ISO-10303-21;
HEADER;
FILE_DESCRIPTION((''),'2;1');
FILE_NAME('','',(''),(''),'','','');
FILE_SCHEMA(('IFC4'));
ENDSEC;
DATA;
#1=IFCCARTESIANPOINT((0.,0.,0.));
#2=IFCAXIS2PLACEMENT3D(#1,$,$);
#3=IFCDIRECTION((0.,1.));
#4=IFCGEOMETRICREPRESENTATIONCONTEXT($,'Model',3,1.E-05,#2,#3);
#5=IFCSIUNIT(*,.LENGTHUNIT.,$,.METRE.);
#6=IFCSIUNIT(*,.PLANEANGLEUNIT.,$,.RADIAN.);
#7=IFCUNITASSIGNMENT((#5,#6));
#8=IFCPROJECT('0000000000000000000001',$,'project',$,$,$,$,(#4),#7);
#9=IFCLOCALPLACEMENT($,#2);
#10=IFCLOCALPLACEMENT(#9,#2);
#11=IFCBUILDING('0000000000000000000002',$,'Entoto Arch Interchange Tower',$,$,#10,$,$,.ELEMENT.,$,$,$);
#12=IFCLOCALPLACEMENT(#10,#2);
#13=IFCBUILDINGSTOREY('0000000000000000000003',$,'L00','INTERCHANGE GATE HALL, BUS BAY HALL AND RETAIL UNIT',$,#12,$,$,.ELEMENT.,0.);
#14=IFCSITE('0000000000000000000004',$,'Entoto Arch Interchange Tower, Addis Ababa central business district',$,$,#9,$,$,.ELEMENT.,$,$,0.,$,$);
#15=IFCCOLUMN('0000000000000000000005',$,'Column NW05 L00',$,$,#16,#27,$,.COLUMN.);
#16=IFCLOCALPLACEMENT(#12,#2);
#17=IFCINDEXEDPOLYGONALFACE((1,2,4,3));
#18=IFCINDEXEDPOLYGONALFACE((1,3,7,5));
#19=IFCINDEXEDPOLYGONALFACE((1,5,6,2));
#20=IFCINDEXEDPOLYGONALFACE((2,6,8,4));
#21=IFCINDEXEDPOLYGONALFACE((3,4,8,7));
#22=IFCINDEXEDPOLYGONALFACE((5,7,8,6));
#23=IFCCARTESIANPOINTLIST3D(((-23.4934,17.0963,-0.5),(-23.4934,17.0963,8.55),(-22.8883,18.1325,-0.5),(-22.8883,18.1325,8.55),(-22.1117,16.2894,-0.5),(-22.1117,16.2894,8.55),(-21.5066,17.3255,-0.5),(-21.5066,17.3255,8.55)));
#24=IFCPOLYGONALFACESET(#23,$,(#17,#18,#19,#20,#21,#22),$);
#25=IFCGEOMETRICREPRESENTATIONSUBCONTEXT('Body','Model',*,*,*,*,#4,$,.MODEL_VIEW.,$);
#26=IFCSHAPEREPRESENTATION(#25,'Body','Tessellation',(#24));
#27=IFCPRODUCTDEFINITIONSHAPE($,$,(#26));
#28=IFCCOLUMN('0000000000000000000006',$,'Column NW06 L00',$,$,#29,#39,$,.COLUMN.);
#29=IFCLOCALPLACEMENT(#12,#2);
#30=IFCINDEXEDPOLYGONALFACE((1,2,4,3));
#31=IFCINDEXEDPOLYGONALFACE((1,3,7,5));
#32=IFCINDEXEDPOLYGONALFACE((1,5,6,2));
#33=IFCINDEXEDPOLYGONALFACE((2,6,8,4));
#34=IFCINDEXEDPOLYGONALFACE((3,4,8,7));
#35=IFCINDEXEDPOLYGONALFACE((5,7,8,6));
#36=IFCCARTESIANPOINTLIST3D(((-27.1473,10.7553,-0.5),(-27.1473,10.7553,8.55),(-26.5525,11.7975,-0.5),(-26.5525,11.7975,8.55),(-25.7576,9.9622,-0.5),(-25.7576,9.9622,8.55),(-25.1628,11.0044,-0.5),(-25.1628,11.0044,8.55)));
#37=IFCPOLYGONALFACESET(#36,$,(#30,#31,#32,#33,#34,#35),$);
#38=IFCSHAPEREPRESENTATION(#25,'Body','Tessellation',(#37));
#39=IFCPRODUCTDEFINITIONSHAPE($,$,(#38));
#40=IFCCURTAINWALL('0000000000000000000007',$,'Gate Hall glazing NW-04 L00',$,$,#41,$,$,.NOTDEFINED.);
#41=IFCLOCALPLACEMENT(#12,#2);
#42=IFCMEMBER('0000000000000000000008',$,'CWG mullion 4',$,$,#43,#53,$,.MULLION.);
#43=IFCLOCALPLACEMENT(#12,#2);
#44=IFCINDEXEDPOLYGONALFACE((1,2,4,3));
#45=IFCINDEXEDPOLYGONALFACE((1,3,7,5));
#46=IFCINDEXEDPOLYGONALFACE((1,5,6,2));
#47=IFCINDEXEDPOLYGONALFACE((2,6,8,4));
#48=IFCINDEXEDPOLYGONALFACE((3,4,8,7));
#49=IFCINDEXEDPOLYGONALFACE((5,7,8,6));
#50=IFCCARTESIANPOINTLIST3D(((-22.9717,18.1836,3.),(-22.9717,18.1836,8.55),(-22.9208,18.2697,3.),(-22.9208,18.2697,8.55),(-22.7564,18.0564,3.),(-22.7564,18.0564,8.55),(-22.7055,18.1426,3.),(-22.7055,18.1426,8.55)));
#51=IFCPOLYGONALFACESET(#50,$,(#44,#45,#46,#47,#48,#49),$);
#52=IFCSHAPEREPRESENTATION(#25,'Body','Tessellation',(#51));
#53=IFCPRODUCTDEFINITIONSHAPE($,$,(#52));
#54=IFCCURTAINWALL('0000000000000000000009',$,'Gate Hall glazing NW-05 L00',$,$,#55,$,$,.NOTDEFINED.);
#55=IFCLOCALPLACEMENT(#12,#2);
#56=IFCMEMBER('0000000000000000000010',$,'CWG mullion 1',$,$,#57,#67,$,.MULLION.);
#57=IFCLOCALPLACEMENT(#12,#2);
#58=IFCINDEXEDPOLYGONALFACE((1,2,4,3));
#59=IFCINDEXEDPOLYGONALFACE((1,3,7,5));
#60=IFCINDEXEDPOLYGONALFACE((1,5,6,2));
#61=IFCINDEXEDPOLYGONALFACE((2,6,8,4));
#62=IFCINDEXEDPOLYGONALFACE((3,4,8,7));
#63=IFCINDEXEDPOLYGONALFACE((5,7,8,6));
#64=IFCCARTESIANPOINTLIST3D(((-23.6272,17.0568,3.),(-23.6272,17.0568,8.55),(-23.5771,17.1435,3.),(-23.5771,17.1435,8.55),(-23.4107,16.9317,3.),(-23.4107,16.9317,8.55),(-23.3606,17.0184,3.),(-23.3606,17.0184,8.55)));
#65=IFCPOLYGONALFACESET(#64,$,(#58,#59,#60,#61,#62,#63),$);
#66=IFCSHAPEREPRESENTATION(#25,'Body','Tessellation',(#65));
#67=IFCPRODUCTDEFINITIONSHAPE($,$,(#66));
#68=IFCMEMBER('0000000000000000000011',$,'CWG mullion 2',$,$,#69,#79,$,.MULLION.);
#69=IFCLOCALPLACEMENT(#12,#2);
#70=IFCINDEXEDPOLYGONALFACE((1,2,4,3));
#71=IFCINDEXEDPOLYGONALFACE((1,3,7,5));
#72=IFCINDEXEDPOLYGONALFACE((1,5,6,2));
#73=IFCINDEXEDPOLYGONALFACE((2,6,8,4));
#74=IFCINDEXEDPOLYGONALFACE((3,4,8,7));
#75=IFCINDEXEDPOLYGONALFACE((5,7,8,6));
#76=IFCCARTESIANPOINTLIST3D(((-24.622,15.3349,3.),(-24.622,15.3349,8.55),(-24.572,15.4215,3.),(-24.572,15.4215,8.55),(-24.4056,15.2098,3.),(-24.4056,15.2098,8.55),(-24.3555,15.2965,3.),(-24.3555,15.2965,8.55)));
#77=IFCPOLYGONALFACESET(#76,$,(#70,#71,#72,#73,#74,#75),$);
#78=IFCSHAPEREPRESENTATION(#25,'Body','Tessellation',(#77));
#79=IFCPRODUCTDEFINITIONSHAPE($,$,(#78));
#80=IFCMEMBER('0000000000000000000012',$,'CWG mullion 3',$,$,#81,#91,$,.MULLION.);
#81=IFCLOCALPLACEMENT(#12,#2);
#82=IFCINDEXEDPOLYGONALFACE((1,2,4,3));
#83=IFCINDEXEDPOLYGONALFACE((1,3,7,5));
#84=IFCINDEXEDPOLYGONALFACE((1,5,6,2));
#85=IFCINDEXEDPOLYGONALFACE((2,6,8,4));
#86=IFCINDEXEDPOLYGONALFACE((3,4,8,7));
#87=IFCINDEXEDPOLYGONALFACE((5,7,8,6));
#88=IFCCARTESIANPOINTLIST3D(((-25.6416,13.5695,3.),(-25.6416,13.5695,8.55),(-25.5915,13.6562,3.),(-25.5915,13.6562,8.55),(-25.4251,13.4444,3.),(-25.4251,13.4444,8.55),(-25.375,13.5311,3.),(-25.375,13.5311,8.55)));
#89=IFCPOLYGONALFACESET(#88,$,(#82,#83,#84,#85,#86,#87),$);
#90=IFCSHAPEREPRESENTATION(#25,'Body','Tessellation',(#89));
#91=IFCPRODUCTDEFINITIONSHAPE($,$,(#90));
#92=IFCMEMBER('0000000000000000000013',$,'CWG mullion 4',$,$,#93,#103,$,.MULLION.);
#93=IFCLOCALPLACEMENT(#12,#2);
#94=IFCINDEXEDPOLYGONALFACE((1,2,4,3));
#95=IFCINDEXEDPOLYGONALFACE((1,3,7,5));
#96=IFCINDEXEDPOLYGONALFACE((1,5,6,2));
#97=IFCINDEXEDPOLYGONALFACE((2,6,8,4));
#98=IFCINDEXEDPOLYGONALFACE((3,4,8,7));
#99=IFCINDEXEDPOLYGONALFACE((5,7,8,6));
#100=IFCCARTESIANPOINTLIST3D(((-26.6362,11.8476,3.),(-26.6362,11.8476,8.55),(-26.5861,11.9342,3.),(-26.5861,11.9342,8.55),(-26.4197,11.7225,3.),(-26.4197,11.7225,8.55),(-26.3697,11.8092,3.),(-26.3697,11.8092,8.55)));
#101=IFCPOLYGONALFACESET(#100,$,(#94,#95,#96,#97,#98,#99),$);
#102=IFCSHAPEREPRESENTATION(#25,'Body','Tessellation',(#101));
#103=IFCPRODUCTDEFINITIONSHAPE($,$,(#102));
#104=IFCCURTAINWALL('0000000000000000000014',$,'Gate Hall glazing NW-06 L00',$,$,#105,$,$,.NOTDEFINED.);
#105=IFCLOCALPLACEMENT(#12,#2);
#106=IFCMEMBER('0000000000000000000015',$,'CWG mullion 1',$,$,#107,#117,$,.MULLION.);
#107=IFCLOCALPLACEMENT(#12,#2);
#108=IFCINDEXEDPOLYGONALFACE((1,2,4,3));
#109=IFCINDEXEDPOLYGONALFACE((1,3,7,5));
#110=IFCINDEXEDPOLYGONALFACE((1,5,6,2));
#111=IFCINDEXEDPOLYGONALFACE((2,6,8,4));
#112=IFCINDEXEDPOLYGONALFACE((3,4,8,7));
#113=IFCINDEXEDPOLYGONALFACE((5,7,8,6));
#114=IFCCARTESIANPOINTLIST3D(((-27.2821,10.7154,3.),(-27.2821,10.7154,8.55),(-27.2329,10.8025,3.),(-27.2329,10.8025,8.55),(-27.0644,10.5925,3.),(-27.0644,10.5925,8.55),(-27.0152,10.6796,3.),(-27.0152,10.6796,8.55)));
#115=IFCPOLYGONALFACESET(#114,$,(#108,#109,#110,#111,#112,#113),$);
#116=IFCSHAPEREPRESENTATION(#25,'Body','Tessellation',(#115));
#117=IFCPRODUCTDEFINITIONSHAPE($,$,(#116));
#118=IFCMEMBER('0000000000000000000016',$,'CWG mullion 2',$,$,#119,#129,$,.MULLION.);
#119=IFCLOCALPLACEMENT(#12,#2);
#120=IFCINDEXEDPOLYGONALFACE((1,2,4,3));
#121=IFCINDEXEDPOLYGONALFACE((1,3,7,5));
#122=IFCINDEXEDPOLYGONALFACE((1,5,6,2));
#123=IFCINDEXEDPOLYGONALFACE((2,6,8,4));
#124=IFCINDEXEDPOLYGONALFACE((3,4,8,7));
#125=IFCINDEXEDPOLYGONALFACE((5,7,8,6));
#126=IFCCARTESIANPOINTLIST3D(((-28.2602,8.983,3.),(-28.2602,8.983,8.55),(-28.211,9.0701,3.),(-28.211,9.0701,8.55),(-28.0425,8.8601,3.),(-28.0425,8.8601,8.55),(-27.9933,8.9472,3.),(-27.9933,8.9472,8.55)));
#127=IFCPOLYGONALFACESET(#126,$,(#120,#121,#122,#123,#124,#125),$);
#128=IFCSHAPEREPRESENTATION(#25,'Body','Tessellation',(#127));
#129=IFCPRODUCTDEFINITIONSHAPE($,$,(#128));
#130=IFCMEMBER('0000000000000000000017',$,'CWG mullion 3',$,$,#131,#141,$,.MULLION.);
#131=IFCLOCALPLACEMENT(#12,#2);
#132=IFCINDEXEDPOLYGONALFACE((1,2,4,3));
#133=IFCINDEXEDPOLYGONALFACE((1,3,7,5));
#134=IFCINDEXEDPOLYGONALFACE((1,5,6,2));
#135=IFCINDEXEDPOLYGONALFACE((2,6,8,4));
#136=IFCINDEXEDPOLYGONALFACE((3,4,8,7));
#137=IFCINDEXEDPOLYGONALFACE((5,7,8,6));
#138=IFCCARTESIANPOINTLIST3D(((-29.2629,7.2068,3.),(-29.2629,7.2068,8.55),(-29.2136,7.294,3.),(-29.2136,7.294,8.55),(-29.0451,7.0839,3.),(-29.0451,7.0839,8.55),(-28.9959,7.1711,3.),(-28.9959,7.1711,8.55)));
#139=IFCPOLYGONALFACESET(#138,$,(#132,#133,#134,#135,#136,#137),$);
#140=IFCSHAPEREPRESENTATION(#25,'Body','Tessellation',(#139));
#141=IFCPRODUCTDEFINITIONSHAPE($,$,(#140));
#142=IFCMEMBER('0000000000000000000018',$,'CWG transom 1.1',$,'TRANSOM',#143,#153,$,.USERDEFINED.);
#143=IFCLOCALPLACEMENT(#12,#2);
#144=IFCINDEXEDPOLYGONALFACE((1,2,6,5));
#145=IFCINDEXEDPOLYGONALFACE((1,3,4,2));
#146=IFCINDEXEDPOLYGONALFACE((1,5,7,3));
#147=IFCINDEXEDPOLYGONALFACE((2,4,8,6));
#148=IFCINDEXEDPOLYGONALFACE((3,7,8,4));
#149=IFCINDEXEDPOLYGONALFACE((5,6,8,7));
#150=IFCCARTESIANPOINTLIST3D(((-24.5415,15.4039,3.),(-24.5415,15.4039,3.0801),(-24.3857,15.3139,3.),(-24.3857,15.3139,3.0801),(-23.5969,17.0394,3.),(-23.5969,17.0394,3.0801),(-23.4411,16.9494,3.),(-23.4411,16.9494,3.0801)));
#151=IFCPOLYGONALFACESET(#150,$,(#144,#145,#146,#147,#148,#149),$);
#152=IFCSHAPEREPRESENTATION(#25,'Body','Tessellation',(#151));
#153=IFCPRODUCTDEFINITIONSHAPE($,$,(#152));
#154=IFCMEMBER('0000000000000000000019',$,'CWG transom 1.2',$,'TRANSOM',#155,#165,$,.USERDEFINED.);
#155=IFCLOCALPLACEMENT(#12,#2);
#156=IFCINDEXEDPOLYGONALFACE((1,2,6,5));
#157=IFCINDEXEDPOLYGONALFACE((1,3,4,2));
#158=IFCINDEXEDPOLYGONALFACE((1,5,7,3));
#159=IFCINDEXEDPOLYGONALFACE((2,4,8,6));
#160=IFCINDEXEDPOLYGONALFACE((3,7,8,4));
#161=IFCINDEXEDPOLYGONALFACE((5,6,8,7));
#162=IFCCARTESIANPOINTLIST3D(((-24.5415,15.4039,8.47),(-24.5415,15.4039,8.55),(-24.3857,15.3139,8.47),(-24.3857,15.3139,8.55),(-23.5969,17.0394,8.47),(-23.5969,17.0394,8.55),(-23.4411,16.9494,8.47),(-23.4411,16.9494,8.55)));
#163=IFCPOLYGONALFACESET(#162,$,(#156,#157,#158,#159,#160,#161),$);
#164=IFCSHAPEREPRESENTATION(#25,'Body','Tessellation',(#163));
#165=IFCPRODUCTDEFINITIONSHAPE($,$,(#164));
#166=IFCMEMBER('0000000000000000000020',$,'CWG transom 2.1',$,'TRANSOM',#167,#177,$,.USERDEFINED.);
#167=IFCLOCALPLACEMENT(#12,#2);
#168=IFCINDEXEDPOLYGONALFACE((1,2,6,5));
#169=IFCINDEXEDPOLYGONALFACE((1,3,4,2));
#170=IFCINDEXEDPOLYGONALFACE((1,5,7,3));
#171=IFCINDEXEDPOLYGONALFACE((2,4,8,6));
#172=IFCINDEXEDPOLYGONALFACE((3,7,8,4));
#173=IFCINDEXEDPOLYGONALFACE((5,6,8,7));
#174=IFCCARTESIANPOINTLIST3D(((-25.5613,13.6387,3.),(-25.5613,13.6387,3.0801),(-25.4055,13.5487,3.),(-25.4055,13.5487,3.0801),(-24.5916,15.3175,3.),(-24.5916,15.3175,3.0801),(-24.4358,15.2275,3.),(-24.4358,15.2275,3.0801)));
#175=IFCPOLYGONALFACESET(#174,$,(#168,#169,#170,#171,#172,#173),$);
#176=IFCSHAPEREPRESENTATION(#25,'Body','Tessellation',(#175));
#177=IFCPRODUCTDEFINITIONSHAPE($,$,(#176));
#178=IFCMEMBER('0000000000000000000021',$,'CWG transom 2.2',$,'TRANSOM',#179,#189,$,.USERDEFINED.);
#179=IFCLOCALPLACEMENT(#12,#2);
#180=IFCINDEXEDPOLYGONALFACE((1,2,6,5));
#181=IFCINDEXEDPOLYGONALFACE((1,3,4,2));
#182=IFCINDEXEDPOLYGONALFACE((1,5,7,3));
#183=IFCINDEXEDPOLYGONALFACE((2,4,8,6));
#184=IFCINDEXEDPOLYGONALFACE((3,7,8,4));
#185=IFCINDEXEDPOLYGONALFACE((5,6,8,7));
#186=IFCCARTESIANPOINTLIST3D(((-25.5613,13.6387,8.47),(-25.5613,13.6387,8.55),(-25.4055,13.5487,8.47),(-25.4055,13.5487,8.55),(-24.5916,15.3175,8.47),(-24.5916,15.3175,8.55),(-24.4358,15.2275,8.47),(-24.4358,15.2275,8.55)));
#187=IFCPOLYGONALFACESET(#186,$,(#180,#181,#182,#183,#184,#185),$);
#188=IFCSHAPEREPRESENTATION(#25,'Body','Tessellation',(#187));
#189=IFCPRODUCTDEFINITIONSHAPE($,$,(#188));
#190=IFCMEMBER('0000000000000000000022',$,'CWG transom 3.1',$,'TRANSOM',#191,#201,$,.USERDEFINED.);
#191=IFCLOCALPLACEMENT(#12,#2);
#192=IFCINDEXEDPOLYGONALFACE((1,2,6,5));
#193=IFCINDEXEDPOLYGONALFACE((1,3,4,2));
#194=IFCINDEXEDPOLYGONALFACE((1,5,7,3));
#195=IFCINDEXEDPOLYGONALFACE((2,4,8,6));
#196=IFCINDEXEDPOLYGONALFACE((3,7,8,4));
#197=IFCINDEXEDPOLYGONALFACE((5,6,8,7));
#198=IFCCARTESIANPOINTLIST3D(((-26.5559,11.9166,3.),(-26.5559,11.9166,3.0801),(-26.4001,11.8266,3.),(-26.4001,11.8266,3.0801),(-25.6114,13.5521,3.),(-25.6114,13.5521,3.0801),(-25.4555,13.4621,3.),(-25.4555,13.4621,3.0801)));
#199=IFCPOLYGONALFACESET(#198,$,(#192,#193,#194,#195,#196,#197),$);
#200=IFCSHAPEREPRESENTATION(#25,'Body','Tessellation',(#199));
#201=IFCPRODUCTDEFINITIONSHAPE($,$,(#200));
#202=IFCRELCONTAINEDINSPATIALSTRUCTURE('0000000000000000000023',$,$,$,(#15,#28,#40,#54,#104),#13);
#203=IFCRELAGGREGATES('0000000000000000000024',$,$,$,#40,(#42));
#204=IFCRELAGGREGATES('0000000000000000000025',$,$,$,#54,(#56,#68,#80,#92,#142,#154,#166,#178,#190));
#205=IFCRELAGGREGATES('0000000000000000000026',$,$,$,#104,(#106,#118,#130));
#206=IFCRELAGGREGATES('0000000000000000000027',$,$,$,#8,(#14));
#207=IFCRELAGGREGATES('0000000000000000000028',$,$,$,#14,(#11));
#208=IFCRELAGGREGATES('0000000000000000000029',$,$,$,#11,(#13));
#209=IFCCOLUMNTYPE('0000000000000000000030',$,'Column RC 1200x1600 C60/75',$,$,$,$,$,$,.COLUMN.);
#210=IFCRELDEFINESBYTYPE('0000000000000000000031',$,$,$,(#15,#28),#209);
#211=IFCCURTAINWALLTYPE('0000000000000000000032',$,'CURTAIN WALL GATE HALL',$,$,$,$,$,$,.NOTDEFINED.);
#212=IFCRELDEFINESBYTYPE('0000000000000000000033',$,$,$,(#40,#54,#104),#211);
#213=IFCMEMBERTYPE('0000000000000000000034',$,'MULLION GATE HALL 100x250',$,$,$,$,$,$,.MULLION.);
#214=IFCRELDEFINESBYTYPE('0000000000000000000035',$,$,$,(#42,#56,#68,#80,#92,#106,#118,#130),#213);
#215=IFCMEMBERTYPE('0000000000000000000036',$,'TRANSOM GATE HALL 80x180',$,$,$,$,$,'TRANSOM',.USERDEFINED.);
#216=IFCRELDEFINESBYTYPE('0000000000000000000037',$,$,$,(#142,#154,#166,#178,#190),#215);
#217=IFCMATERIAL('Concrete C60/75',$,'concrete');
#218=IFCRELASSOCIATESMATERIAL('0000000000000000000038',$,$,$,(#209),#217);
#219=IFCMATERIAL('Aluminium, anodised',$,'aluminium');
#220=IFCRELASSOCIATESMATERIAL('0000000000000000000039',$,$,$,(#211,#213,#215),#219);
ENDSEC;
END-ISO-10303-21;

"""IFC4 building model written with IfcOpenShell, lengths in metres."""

from ifc_helpers import new_model, si_unit, direction, frame, origin, origin_2d, place, context, subcontext, project, spatial, rectangle, extrude, material, material_profile, profile_set, type_object, element, aggregate, save


model = new_model("IFC4")

# Units and contexts
model_context = context("Model", 3, precision=1e-05, world=origin(), true_north=direction((0.0, 1.0)))
body_context = subcontext(model_context, "Body", "Model", "MODEL_VIEW")
ifc_project = project(units=[si_unit("LENGTHUNIT", "METRE"), si_unit("PLANEANGLEUNIT", "RADIAN")], contexts=[model_context])

# Site, building, storey
site_placement = place(None, origin())
site = spatial("IfcSite", under=ifc_project, at=site_placement, Name="Entoto Arch Interchange Tower, Addis Ababa central business district", CompositionType="ELEMENT", RefElevation=0.0)
building_placement = place(site_placement, origin())
building = spatial("IfcBuilding", under=site, at=building_placement, Name="Entoto Arch Interchange Tower", CompositionType="ELEMENT")
storey_placement = place(building_placement, origin())
storey = spatial("IfcBuildingStorey", under=building, at=storey_placement, Name="L00", Description="INTERCHANGE GATE HALL, BUS BAY HALL AND RETAIL UNIT", CompositionType="ELEMENT", Elevation=0.0)

# Columns
ifc_material_1 = material(Name="Concrete C60/75", Category="concrete")
ifc_material_profile_1 = material_profile(ifc_material_1, rectangle(XDim=1.2, YDim=1.6001, at=origin_2d()))
ifc_profile_set_1 = profile_set([ifc_material_profile_1], Name="Concrete C60/75")
column_type = type_object("IfcColumnType", Name="Column RC 1200x1600 C60/75", PredefinedType="COLUMN", material=ifc_profile_set_1)
for number, where, z_axis, x_axis, name in (
    (1, (-22.5, 17.2109, -0.5), (0.0, 0.0, 1.0), (0.504332, 0.86351, 0.0), "Column NW05 L00"),
    (2, (-26.155, 10.8799, -0.5), (0.0, 0.0, 1.0), (0.495656, 0.868519, 0.0), "Column NW06 L00"),
):
    element("IfcColumn", number, at=place(storey_placement, frame(where, z_axis=z_axis, x_axis=x_axis)), inside=storey, type_object=column_type, Name=name, PredefinedType="COLUMN", context=body_context, shape_type="SweptSolid", body=[
        extrude(rectangle(XDim=1.2, YDim=1.6001, at=origin_2d()), origin(), (0.0, 0.0, 1.0), 9.05),
    ])

# Curtain wall, member
ifc_material_2 = material(Name="Aluminium, anodised", Category="aluminium")
curtain_wall_type = type_object("IfcCurtainWallType", Name="CURTAIN WALL GATE HALL", PredefinedType="NOTDEFINED", material=ifc_material_2)
curtain_wall_1_placement = place(storey_placement, origin())
curtain_wall_1 = element("IfcCurtainWall", 3, at=curtain_wall_1_placement, inside=storey, type_object=curtain_wall_type, Name="Gate Hall glazing NW-04 L00", PredefinedType="NOTDEFINED")
ifc_material_profile_2 = material_profile(ifc_material_2, rectangle(XDim=0.25, YDim=0.1001, at=origin_2d()))
ifc_profile_set_2 = profile_set([ifc_material_profile_2], Name="Aluminium, anodised")
member_type_1 = type_object("IfcMemberType", Name="MULLION GATE HALL 100x250", PredefinedType="MULLION", material=ifc_profile_set_2)
member_1_placement = place(storey_placement, frame((-22.8386, 18.1631, 3.0), z_axis=(0.0, 0.0, 1.0), x_axis=(0.861063, -0.508498, 0.0)))
member_1 = element("IfcMember", 4, at=member_1_placement, type_object=member_type_1, Name="CWG mullion 4", PredefinedType="MULLION", context=body_context, shape_type="SweptSolid", body=[
    extrude(rectangle(XDim=0.25, YDim=0.1001, at=origin_2d()), origin(), (0.0, 0.0, 1.0), 5.55),
])
aggregate(curtain_wall_1, [member_1])

# Curtain walls, members
curtain_wall_2_placement = place(storey_placement, origin())
curtain_wall_2 = element("IfcCurtainWall", 5, at=curtain_wall_2_placement, inside=storey, type_object=curtain_wall_type, Name="Gate Hall glazing NW-05 L00", PredefinedType="NOTDEFINED")
member_2_placement = place(storey_placement, frame((-23.4939, 17.0376, 3.0), z_axis=(0.0, 0.0, 1.0), x_axis=(0.86593, -0.500166, 0.0)))
member_2 = element("IfcMember", 6, at=member_2_placement, type_object=member_type_1, Name="CWG mullion 1", PredefinedType="MULLION", context=body_context, shape_type="SweptSolid", body=[
    extrude(rectangle(XDim=0.25, YDim=0.1001, at=origin_2d()), origin(), (0.0, 0.0, 1.0), 5.55),
])
member_3_placement = place(storey_placement, frame((-24.4888, 15.3157, 3.0), z_axis=(0.0, 0.0, 1.0), x_axis=(0.86593, -0.500166, 0.0)))
member_3 = element("IfcMember", 7, at=member_3_placement, type_object=member_type_1, Name="CWG mullion 2", PredefinedType="MULLION", context=body_context, shape_type="SweptSolid", body=[
    extrude(rectangle(XDim=0.25, YDim=0.1001, at=origin_2d()), origin(), (0.0, 0.0, 1.0), 5.55),
])
member_4_placement = place(storey_placement, frame((-25.5083, 13.5503, 3.0), z_axis=(0.0, 0.0, 1.0), x_axis=(0.86593, -0.500166, 0.0)))
member_4 = element("IfcMember", 8, at=member_4_placement, type_object=member_type_1, Name="CWG mullion 3", PredefinedType="MULLION", context=body_context, shape_type="SweptSolid", body=[
    extrude(rectangle(XDim=0.25, YDim=0.1001, at=origin_2d()), origin(), (0.0, 0.0, 1.0), 5.55),
])
member_5_placement = place(storey_placement, frame((-26.5029, 11.8284, 3.0), z_axis=(0.0, 0.0, 1.0), x_axis=(0.86593, -0.500166, 0.0)))
member_5 = element("IfcMember", 9, at=member_5_placement, type_object=member_type_1, Name="CWG mullion 4", PredefinedType="MULLION", context=body_context, shape_type="SweptSolid", body=[
    extrude(rectangle(XDim=0.25, YDim=0.1001, at=origin_2d()), origin(), (0.0, 0.0, 1.0), 5.55),
])
curtain_wall_3_placement = place(storey_placement, origin())
curtain_wall_3 = element("IfcCurtainWall", 10, at=curtain_wall_3_placement, inside=storey, type_object=curtain_wall_type, Name="Gate Hall glazing NW-06 L00", PredefinedType="NOTDEFINED")
member_6_placement = place(storey_placement, frame((-27.1487, 10.6975, 3.0), z_axis=(0.0, 0.0, 1.0), x_axis=(0.870806, -0.491626, 0.0)))
member_6 = element("IfcMember", 11, at=member_6_placement, type_object=member_type_1, Name="CWG mullion 1", PredefinedType="MULLION", context=body_context, shape_type="SweptSolid", body=[
    extrude(rectangle(XDim=0.25, YDim=0.1001, at=origin_2d()), origin(), (0.0, 0.0, 1.0), 5.55),
])
member_7_placement = place(storey_placement, frame((-28.1267, 8.9651, 3.0), z_axis=(0.0, 0.0, 1.0), x_axis=(0.870806, -0.491626, 0.0)))
member_7 = element("IfcMember", 12, at=member_7_placement, type_object=member_type_1, Name="CWG mullion 2", PredefinedType="MULLION", context=body_context, shape_type="SweptSolid", body=[
    extrude(rectangle(XDim=0.25, YDim=0.1001, at=origin_2d()), origin(), (0.0, 0.0, 1.0), 5.55),
])
member_8_placement = place(storey_placement, frame((-29.1294, 7.189, 3.0), z_axis=(0.0, 0.0, 1.0), x_axis=(0.870806, -0.491626, 0.0)))
member_8 = element("IfcMember", 13, at=member_8_placement, type_object=member_type_1, Name="CWG mullion 3", PredefinedType="MULLION", context=body_context, shape_type="SweptSolid", body=[
    extrude(rectangle(XDim=0.25, YDim=0.1001, at=origin_2d()), origin(), (0.0, 0.0, 1.0), 5.55),
])

# Members
ifc_material_profile_3 = material_profile(ifc_material_2, rectangle(XDim=0.1799, YDim=0.0801, at=origin_2d()))
ifc_profile_set_3 = profile_set([ifc_material_profile_3], Name="Aluminium, anodised")
member_type_2 = type_object("IfcMemberType", Name="TRANSOM GATE HALL 80x180", ElementType="TRANSOM", PredefinedType="USERDEFINED", material=ifc_profile_set_3)
member_9_placement = place(storey_placement, frame((-23.519, 16.9944, 3.04), z_axis=(-0.500129, -0.865951, 0.0), x_axis=(0.865951, -0.500129, 0.0)))
member_9 = element("IfcMember", 14, at=member_9_placement, type_object=member_type_2, Name="CWG transom 1.1", ObjectType="TRANSOM", PredefinedType="USERDEFINED", context=body_context, shape_type="SweptSolid", body=[
    extrude(rectangle(XDim=0.1799, YDim=0.0801, at=origin_2d()), origin(), (0.0, 0.0, 1.0), 1.8887),
])
member_10_placement = place(storey_placement, frame((-23.519, 16.9944, 8.51), z_axis=(-0.500129, -0.865951, 0.0), x_axis=(0.865951, -0.500129, 0.0)))
member_10 = element("IfcMember", 15, at=member_10_placement, type_object=member_type_2, Name="CWG transom 1.2", ObjectType="TRANSOM", PredefinedType="USERDEFINED", context=body_context, shape_type="SweptSolid", body=[
    extrude(rectangle(XDim=0.1799, YDim=0.0801, at=origin_2d()), origin(), (0.0, 0.0, 1.0), 1.8887),
])
member_11_placement = place(storey_placement, frame((-24.5137, 15.2725, 3.04), z_axis=(-0.500202, -0.865909, 0.0), x_axis=(0.865909, -0.500202, 0.0)))
member_11 = element("IfcMember", 16, at=member_11_placement, type_object=member_type_2, Name="CWG transom 2.1", ObjectType="TRANSOM", PredefinedType="USERDEFINED", context=body_context, shape_type="SweptSolid", body=[
    extrude(rectangle(XDim=0.1799, YDim=0.0801, at=origin_2d()), origin(), (0.0, 0.0, 1.0), 1.9387),
])
member_12_placement = place(storey_placement, frame((-24.5137, 15.2725, 8.51), z_axis=(-0.500202, -0.865909, 0.0), x_axis=(0.865909, -0.500202, 0.0)))
member_12 = element("IfcMember", 17, at=member_12_placement, type_object=member_type_2, Name="CWG transom 2.2", ObjectType="TRANSOM", PredefinedType="USERDEFINED", context=body_context, shape_type="SweptSolid", body=[
    extrude(rectangle(XDim=0.1799, YDim=0.0801, at=origin_2d()), origin(), (0.0, 0.0, 1.0), 1.9387),
])
member_13_placement = place(storey_placement, frame((-25.5334, 13.5071, 3.04), z_axis=(-0.500129, -0.865951, 0.0), x_axis=(0.865951, -0.500129, 0.0)))
member_13 = element("IfcMember", 18, at=member_13_placement, type_object=member_type_2, Name="CWG transom 3.1", ObjectType="TRANSOM", PredefinedType="USERDEFINED", context=body_context, shape_type="SweptSolid", body=[
    extrude(rectangle(XDim=0.1799, YDim=0.0801, at=origin_2d()), origin(), (0.0, 0.0, 1.0), 1.8887),
])

aggregate(curtain_wall_2, [member_2, member_3, member_4, member_5, member_9, member_10, member_11, member_12, member_13])
aggregate(curtain_wall_3, [member_6, member_7, member_8])

save(model, "model.ifc")
